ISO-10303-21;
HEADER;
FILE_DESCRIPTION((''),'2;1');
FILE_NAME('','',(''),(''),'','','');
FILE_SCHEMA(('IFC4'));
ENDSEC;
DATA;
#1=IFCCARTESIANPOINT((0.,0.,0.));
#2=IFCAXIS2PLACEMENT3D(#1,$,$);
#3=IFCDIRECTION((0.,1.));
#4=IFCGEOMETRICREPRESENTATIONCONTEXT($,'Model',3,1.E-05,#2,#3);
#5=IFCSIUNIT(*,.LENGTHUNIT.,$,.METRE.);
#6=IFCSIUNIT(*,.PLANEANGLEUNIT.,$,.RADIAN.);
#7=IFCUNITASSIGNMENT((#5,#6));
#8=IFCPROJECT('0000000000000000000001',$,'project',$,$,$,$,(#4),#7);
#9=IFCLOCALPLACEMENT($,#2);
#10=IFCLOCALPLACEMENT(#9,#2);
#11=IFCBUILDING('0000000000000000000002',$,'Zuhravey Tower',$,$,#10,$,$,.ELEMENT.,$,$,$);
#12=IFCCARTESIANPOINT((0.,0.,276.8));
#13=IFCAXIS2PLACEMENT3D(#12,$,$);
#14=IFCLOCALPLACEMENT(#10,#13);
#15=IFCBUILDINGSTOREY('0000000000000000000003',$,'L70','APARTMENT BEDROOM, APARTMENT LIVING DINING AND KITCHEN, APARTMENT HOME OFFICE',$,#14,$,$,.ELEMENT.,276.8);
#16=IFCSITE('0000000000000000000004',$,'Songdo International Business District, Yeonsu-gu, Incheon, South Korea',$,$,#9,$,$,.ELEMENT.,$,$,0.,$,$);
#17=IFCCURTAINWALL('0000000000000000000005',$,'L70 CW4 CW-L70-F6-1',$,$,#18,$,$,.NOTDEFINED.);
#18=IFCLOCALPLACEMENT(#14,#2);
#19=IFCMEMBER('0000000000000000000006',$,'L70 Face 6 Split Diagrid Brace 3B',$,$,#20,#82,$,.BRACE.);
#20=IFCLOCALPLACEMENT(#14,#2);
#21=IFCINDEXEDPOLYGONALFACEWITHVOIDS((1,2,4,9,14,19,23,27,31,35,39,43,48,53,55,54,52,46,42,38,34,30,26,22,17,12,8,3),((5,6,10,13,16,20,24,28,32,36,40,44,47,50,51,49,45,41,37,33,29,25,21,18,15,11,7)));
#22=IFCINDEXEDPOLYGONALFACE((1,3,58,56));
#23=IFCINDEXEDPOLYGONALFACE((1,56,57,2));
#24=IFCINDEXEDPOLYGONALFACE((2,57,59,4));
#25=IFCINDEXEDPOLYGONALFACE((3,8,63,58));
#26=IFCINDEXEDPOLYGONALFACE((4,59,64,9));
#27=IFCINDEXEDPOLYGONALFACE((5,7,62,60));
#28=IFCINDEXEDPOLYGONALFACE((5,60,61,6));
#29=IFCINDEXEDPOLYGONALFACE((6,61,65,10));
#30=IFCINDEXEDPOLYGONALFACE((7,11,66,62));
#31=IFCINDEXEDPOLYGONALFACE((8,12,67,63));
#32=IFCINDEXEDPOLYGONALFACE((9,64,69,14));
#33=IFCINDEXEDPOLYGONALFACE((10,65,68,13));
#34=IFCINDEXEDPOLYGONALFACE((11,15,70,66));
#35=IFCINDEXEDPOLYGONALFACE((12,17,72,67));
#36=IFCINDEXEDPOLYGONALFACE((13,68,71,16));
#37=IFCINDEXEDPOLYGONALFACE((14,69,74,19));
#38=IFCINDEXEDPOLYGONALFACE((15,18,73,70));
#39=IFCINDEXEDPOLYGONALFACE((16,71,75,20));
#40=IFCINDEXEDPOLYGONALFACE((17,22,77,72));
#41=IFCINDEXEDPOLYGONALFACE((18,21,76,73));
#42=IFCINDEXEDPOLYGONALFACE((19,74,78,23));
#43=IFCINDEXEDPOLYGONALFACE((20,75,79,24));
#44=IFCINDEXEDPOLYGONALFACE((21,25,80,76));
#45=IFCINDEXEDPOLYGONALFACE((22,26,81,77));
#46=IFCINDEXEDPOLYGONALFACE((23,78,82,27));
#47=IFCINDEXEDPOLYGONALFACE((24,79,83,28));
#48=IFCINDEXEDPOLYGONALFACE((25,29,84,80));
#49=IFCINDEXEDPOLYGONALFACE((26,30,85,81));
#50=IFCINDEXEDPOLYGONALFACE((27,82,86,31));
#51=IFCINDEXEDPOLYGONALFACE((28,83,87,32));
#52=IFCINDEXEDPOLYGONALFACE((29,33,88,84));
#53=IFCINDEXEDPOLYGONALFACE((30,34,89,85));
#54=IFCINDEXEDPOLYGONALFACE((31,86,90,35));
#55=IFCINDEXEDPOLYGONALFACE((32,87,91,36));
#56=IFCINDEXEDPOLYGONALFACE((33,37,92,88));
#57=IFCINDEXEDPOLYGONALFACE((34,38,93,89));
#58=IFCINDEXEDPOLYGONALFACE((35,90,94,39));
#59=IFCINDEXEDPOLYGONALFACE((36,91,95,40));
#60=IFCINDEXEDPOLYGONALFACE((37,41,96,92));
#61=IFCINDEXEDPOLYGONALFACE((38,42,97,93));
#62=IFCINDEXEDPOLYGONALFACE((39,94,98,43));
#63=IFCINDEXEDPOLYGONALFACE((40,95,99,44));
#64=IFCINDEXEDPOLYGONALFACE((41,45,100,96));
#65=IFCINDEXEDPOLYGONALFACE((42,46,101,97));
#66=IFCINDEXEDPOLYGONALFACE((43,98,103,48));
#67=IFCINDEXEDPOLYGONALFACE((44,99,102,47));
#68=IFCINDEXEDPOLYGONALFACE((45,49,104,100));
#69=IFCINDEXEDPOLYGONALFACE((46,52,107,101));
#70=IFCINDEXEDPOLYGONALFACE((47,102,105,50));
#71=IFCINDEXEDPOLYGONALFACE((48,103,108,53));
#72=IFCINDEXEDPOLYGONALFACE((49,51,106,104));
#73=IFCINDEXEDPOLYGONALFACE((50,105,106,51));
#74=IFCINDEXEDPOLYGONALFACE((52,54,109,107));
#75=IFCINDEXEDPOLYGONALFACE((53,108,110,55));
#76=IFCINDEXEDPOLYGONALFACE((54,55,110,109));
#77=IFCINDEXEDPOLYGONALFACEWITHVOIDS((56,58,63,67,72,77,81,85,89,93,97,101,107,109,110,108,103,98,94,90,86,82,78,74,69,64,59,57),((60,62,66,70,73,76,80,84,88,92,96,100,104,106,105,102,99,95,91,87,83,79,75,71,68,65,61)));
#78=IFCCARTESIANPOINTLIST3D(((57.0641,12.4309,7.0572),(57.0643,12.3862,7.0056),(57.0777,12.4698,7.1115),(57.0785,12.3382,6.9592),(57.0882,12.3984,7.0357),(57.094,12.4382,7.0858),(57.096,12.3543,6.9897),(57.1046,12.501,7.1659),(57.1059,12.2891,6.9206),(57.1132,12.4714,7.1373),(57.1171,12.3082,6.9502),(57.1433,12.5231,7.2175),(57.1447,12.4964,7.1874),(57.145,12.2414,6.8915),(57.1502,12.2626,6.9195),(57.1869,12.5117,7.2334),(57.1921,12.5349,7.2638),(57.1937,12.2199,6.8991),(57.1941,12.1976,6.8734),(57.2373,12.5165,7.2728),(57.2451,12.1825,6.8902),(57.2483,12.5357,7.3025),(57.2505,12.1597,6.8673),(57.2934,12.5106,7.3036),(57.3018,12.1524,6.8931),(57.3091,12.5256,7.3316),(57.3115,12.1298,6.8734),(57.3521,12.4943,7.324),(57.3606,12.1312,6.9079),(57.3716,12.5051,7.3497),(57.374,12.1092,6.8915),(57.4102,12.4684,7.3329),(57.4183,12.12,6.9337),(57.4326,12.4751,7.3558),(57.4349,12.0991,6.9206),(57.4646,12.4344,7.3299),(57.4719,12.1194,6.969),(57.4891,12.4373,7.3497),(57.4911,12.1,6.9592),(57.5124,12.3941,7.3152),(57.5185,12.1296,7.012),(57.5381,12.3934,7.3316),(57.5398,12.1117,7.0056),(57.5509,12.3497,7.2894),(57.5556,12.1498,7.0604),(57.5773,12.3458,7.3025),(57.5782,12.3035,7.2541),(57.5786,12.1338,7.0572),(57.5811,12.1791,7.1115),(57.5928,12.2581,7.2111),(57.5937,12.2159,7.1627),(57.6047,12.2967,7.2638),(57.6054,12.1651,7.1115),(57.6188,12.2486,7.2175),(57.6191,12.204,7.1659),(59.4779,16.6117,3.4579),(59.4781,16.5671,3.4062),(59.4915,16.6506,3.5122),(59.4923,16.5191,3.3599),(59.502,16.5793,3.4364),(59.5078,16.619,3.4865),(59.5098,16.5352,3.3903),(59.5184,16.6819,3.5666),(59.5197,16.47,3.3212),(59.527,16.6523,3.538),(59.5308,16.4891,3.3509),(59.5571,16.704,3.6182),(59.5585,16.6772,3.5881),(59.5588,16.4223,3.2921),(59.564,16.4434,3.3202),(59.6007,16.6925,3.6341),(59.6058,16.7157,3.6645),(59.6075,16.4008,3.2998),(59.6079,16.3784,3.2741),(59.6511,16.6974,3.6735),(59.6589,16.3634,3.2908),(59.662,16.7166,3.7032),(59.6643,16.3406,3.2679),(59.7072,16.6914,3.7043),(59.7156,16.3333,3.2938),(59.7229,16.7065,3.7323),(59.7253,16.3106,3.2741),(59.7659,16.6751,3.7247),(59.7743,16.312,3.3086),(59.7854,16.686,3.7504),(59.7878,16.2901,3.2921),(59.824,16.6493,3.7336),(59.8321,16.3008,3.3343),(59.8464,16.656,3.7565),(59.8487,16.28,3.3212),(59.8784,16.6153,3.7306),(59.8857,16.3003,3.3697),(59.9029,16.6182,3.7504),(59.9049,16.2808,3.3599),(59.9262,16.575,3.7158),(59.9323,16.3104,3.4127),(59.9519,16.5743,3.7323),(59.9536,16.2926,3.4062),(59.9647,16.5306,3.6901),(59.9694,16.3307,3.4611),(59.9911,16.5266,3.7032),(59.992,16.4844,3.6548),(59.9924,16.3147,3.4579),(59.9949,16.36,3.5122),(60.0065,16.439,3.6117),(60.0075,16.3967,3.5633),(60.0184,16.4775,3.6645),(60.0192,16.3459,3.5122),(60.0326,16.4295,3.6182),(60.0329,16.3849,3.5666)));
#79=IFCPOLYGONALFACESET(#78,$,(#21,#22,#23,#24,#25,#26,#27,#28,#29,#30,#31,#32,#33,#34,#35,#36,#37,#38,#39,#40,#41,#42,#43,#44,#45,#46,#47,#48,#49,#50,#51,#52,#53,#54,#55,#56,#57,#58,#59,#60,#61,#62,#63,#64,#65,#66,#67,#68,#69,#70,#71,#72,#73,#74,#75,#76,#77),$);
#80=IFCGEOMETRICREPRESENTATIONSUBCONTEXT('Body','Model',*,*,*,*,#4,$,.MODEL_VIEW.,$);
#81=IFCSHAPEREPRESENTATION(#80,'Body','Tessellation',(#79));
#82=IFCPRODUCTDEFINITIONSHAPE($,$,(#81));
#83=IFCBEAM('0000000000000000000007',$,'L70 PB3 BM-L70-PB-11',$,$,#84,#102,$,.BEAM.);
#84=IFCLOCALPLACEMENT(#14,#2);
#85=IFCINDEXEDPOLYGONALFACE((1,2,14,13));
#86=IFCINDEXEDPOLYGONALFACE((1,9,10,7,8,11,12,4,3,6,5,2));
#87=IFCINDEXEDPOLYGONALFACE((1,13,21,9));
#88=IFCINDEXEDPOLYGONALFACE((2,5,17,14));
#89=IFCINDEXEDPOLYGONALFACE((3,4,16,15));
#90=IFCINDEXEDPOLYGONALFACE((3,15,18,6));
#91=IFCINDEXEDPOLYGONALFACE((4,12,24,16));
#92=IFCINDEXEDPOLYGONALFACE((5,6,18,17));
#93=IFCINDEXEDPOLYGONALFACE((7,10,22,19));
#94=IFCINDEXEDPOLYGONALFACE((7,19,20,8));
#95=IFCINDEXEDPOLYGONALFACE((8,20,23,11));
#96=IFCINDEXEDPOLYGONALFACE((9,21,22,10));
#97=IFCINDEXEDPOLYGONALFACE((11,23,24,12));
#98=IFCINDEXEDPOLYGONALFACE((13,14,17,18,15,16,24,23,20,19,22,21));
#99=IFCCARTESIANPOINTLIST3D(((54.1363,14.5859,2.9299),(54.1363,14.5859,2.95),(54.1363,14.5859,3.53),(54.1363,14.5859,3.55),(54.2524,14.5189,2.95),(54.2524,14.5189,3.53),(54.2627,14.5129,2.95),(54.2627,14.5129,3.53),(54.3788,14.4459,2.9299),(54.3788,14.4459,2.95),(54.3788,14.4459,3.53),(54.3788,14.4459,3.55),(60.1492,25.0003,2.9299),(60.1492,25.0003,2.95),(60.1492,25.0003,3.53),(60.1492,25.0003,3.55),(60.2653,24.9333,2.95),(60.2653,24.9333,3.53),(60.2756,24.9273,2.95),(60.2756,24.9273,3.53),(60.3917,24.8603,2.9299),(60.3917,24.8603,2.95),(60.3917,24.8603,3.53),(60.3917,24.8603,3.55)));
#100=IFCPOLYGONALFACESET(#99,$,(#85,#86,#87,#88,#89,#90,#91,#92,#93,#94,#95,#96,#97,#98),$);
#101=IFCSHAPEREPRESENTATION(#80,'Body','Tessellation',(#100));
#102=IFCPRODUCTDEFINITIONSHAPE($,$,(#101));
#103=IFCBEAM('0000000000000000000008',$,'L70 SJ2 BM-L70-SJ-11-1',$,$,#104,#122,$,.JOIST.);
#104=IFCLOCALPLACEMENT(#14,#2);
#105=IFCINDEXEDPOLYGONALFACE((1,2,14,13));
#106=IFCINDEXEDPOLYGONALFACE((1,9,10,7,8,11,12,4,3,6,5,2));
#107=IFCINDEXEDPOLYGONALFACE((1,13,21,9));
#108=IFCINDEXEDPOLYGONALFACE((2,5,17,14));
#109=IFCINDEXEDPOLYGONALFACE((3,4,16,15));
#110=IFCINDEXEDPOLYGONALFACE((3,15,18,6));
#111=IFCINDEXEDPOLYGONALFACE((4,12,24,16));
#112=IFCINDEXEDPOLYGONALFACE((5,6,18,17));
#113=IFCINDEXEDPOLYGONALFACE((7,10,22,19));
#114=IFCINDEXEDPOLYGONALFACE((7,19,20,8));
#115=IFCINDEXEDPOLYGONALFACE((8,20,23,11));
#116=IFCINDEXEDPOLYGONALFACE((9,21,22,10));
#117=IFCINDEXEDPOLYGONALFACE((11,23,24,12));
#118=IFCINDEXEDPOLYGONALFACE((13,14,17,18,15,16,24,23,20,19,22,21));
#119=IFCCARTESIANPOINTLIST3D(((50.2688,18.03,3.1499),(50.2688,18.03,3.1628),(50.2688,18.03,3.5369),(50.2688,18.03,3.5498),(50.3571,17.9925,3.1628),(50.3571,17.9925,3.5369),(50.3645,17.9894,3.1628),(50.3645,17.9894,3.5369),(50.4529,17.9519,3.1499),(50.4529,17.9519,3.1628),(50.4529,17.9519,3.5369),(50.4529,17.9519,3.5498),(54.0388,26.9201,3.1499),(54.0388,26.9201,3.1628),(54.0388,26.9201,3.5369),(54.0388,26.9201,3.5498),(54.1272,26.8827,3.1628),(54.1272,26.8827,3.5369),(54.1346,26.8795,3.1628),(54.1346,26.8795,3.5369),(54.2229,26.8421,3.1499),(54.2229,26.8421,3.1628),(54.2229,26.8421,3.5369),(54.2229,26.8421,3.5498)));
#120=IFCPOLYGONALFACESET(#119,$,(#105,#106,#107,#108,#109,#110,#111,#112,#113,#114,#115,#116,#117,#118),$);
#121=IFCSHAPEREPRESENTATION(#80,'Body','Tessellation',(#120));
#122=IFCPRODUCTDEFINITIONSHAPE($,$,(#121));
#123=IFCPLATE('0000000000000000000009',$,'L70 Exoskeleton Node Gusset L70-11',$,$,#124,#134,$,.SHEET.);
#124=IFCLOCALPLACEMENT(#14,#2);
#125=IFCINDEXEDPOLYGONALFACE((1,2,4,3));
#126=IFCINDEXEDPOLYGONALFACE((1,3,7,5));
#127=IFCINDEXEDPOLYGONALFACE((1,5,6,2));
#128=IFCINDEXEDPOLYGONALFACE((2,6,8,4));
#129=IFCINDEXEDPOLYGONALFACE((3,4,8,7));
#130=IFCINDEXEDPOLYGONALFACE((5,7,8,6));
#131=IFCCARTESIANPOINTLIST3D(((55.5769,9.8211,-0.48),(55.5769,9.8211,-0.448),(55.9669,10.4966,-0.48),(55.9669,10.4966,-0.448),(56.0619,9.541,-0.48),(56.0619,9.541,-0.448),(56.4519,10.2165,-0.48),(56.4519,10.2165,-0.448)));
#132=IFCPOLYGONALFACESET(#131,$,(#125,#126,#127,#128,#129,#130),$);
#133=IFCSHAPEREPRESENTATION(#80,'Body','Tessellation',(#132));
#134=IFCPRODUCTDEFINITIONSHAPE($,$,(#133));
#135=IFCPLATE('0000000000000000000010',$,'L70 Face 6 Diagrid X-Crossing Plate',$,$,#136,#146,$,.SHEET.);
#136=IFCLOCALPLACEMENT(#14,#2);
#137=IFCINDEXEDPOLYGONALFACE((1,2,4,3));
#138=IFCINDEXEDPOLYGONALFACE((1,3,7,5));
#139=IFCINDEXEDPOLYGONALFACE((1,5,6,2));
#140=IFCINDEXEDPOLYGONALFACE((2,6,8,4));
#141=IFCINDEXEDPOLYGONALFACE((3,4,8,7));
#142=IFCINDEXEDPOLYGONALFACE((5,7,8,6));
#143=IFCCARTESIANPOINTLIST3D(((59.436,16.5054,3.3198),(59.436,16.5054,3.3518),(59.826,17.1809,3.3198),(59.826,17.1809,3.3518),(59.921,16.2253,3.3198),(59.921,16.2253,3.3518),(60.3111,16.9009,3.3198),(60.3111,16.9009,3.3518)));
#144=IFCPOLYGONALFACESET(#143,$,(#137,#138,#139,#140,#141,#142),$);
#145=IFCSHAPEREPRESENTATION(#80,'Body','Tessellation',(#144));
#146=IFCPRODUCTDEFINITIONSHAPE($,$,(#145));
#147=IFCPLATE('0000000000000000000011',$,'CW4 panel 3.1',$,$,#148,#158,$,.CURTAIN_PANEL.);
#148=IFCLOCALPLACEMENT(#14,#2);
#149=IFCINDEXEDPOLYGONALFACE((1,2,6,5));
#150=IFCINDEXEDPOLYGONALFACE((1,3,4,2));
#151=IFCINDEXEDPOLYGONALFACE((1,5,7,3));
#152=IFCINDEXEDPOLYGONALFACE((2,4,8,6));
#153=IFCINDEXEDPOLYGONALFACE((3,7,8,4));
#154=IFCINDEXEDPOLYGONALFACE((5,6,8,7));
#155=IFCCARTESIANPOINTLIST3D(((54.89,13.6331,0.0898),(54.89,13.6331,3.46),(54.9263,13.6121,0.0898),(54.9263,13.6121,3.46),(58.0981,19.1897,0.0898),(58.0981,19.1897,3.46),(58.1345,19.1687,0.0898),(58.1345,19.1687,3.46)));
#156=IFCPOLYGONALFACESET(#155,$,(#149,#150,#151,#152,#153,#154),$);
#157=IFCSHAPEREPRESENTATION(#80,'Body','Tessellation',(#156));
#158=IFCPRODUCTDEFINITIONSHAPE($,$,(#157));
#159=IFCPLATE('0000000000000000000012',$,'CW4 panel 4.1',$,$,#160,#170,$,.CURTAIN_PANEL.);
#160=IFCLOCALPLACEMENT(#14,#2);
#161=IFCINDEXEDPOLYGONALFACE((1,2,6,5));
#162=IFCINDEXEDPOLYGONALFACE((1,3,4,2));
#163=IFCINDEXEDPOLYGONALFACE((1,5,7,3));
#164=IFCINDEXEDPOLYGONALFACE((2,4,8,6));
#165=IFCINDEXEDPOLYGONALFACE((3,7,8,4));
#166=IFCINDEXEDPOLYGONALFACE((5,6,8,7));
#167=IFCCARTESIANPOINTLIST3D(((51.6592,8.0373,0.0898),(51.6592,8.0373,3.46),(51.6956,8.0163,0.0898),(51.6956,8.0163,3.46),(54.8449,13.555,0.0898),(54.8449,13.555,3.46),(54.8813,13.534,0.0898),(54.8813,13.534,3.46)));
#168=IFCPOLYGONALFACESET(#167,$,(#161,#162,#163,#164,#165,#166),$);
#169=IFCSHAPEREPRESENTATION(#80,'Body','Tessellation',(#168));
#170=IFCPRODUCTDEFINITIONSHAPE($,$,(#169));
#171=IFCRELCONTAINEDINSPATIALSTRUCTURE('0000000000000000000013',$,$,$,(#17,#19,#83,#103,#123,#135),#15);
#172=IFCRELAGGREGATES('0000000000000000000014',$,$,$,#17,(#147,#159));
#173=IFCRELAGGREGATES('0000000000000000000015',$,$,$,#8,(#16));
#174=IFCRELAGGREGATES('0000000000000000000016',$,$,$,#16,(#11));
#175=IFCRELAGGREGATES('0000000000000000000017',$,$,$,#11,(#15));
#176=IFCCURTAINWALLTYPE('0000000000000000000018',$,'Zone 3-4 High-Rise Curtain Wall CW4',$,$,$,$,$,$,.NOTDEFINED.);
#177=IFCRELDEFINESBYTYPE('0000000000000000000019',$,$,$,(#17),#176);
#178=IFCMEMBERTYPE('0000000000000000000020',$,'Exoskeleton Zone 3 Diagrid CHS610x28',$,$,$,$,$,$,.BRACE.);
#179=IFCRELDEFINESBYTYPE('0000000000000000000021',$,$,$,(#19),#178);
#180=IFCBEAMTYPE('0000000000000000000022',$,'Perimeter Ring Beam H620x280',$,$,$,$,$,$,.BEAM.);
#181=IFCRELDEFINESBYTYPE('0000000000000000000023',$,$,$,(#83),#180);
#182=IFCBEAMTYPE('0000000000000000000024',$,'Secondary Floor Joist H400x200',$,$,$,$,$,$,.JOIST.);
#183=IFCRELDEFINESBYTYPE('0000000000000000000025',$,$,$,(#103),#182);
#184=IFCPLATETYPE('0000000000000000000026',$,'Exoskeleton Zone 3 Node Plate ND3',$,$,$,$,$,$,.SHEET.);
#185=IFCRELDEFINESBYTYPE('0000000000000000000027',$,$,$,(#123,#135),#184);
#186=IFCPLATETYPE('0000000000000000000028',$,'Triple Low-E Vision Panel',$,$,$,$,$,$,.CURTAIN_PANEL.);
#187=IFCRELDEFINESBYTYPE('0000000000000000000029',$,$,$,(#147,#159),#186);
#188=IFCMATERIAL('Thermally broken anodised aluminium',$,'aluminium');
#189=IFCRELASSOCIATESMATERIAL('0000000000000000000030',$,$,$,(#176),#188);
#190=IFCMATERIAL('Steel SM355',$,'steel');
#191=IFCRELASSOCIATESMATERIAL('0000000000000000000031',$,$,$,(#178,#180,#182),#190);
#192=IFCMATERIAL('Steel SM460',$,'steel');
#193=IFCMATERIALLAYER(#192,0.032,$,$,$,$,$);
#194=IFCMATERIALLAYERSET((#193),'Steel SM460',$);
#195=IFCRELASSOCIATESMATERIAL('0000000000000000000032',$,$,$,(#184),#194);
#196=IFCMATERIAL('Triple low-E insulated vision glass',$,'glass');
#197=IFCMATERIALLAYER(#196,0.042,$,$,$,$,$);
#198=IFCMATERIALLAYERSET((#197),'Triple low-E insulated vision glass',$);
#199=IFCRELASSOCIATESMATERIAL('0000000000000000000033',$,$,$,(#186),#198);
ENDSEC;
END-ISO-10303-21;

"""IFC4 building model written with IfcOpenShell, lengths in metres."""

from ifc_helpers import new_model, si_unit, direction, frame, origin, origin_2d, place, context, subcontext, project, spatial, rectangle, hollow_circle, i_section, extrude, material, layer, layer_set, material_profile, profile_set, type_object, element, aggregate, save


model = new_model("IFC4")

# Units and contexts
model_context = context("Model", 3, precision=1e-05, world=origin(), true_north=direction((0.0, 1.0)))
body_context = subcontext(model_context, "Body", "Model", "MODEL_VIEW")
ifc_project = project(units=[si_unit("LENGTHUNIT", "METRE"), si_unit("PLANEANGLEUNIT", "RADIAN")], contexts=[model_context])

# Site, building, storey
site_placement = place(None, origin())
site = spatial("IfcSite", under=ifc_project, at=site_placement, Name="Songdo International Business District, Yeonsu-gu, Incheon, South Korea", CompositionType="ELEMENT", RefElevation=0.0)
building_placement = place(site_placement, origin())
building = spatial("IfcBuilding", under=site, at=building_placement, Name="Zuhravey Tower", CompositionType="ELEMENT")
storey_placement = place(building_placement, frame((0.0, 0.0, 276.8)))
storey = spatial("IfcBuildingStorey", under=building, at=storey_placement, Name="L70", Description="APARTMENT BEDROOM, APARTMENT LIVING DINING AND KITCHEN, APARTMENT HOME OFFICE", CompositionType="ELEMENT", Elevation=276.8)

# Curtain wall
ifc_material_1 = material(Name="Thermally broken anodised aluminium", Category="aluminium")
curtain_wall_type = type_object("IfcCurtainWallType", Name="Zone 3-4 High-Rise Curtain Wall CW4", PredefinedType="NOTDEFINED", material=ifc_material_1)
curtain_wall_1_placement = place(storey_placement, origin())
curtain_wall_1 = element("IfcCurtainWall", 1, at=curtain_wall_1_placement, inside=storey, type_object=curtain_wall_type, Name="L70 CW4 CW-L70-F6-1", PredefinedType="NOTDEFINED")

# Member
ifc_material_2 = material(Name="Steel SM355", Category="steel")
ifc_material_profile_1 = material_profile(ifc_material_2, hollow_circle(Radius=0.3047, WallThickness=0.0281, at=origin_2d()), Name="CHS-609.6x28")
ifc_profile_set_1 = profile_set([ifc_material_profile_1], Name="Steel SM355")
member_type_1 = type_object("IfcMemberType", Name="Exoskeleton Zone 3 Diagrid CHS610x28", PredefinedType="BRACE", material=ifc_profile_set_1)
member_1_placement = place(storey_placement, frame((59.7554, 16.4983, 3.5122), z_axis=(-0.400847, -0.694297, 0.597724), x_axis=(0.866028, -0.499995, 0.0)))
element("IfcMember", 2, at=member_1_placement, inside=storey, type_object=member_type_1, Name="L70 Face 6 Split Diagrid Brace 3B", PredefinedType="BRACE", context=body_context, shape_type="SweptSolid", body=[
    extrude(hollow_circle(Radius=0.3047, WallThickness=0.0281, at=origin_2d()), origin(), (0.0, 0.0, 1.0), 6.0217),
])

# Beams
ifc_material_profile_2 = material_profile(ifc_material_2, i_section(OverallWidth=0.28, OverallDepth=0.6201, WebThickness=0.012, FlangeThickness=0.02, at=origin_2d()), Name="H-620x280x12x20")
ifc_profile_set_2 = profile_set([ifc_material_profile_2], Name="Steel SM355")
beam_type_1 = type_object("IfcBeamType", Name="Perimeter Ring Beam H620x280", PredefinedType="BEAM", material=ifc_profile_set_2)
beam_1_placement = place(storey_placement, frame((54.2576, 14.5159, 3.24), z_axis=(0.500006, 0.866022, 0.0), x_axis=(-0.866022, 0.500006, 0.0)))
element("IfcBeam", 3, at=beam_1_placement, inside=storey, type_object=beam_type_1, Name="L70 PB3 BM-L70-PB-11", PredefinedType="BEAM", context=body_context, shape_type="SweptSolid", body=[
    extrude(i_section(OverallWidth=0.28, OverallDepth=0.6201, WebThickness=0.012, FlangeThickness=0.02, at=origin_2d()), origin(), (0.0, 0.0, 1.0), 12.0256),
])
ifc_material_profile_3 = material_profile(ifc_material_2, i_section(OverallWidth=0.2, OverallDepth=0.3999, WebThickness=0.0081, FlangeThickness=0.0129, at=origin_2d()), Name="H-400x200x8x13")
ifc_profile_set_3 = profile_set([ifc_material_profile_3], Name="Steel SM355")
beam_type_2 = type_object("IfcBeamType", Name="Secondary Floor Joist H400x200", PredefinedType="JOIST", material=ifc_profile_set_3)
beam_2_placement = place(storey_placement, frame((50.3608, 17.991, 3.3499), z_axis=(0.390413, 0.92064, 0.0), x_axis=(-0.92064, 0.390413, 0.0)))
element("IfcBeam", 4, at=beam_2_placement, inside=storey, type_object=beam_type_2, Name="L70 SJ2 BM-L70-SJ-11-1", PredefinedType="JOIST", context=body_context, shape_type="SweptSolid", body=[
    extrude(i_section(OverallWidth=0.2, OverallDepth=0.3999, WebThickness=0.0081, FlangeThickness=0.0129, at=origin_2d()), origin(), (0.0, 0.0, 1.0), 9.6565),
])

# Plates
ifc_material_3 = material(Name="Steel SM460", Category="steel")
ifc_layer_1 = layer(ifc_material_3, 0.032)
ifc_layer_set_1 = layer_set([ifc_layer_1], Name="Steel SM460")
plate_type_1 = type_object("IfcPlateType", Name="Exoskeleton Zone 3 Node Plate ND3", PredefinedType="SHEET", material=ifc_layer_set_1)
for number, where, z_axis, x_axis, name in (
    (5, (56.0144, 10.0188, -0.48), (0.0, 0.0, 1.0), (0.5, 0.866025, 0.0), "L70 Exoskeleton Node Gusset L70-11"),
    (6, (59.8735, 16.7031, 3.3198), (0.0, 0.0, 1.0), (0.5, 0.866025, 0.0), "L70 Face 6 Diagrid X-Crossing Plate"),
):
    element("IfcPlate", number, at=place(storey_placement, frame(where, z_axis=z_axis, x_axis=x_axis)), inside=storey, type_object=plate_type_1, Name=name, PredefinedType="SHEET", context=body_context, shape_type="SweptSolid", body=[
        extrude(rectangle(XDim=0.78, YDim=0.5601, at=origin_2d()), origin(), (0.0, 0.0, 1.0), 0.032),
    ])

# Plates
ifc_material_4 = material(Name="Triple low-E insulated vision glass", Category="glass")
ifc_layer_2 = layer(ifc_material_4, 0.042)
ifc_layer_set_2 = layer_set([ifc_layer_2], Name="Triple low-E insulated vision glass")
plate_type_2 = type_object("IfcPlateType", Name="Triple Low-E Vision Panel", PredefinedType="CURTAIN_PANEL", material=ifc_layer_set_2)
plate_1_placement = place(storey_placement, frame((56.5122, 16.4009, 0.0898), z_axis=(0.0, 0.0, 1.0), x_axis=(-0.500001, -0.866025, 0.0)))
plate_1 = element("IfcPlate", 7, at=plate_1_placement, type_object=plate_type_2, Name="CW4 panel 3.1", PredefinedType="CURTAIN_PANEL", context=body_context, shape_type="SweptSolid", body=[
    extrude(rectangle(XDim=6.4163, YDim=0.042, at=origin_2d()), origin(), (0.0, 0.0, 1.0), 3.3701),
])
plate_2_placement = place(storey_placement, frame((53.2703, 10.7856, 0.0898), z_axis=(0.0, 0.0, 1.0), x_axis=(-0.500001, -0.866025, 0.0)))
plate_2 = element("IfcPlate", 8, at=plate_2_placement, type_object=plate_type_2, Name="CW4 panel 4.1", PredefinedType="CURTAIN_PANEL", context=body_context, shape_type="SweptSolid", body=[
    extrude(rectangle(XDim=6.3713, YDim=0.042, at=origin_2d()), origin(), (0.0, 0.0, 1.0), 3.3701),
])
aggregate(curtain_wall_1, [plate_1, plate_2])

save(model, "model.ifc")
